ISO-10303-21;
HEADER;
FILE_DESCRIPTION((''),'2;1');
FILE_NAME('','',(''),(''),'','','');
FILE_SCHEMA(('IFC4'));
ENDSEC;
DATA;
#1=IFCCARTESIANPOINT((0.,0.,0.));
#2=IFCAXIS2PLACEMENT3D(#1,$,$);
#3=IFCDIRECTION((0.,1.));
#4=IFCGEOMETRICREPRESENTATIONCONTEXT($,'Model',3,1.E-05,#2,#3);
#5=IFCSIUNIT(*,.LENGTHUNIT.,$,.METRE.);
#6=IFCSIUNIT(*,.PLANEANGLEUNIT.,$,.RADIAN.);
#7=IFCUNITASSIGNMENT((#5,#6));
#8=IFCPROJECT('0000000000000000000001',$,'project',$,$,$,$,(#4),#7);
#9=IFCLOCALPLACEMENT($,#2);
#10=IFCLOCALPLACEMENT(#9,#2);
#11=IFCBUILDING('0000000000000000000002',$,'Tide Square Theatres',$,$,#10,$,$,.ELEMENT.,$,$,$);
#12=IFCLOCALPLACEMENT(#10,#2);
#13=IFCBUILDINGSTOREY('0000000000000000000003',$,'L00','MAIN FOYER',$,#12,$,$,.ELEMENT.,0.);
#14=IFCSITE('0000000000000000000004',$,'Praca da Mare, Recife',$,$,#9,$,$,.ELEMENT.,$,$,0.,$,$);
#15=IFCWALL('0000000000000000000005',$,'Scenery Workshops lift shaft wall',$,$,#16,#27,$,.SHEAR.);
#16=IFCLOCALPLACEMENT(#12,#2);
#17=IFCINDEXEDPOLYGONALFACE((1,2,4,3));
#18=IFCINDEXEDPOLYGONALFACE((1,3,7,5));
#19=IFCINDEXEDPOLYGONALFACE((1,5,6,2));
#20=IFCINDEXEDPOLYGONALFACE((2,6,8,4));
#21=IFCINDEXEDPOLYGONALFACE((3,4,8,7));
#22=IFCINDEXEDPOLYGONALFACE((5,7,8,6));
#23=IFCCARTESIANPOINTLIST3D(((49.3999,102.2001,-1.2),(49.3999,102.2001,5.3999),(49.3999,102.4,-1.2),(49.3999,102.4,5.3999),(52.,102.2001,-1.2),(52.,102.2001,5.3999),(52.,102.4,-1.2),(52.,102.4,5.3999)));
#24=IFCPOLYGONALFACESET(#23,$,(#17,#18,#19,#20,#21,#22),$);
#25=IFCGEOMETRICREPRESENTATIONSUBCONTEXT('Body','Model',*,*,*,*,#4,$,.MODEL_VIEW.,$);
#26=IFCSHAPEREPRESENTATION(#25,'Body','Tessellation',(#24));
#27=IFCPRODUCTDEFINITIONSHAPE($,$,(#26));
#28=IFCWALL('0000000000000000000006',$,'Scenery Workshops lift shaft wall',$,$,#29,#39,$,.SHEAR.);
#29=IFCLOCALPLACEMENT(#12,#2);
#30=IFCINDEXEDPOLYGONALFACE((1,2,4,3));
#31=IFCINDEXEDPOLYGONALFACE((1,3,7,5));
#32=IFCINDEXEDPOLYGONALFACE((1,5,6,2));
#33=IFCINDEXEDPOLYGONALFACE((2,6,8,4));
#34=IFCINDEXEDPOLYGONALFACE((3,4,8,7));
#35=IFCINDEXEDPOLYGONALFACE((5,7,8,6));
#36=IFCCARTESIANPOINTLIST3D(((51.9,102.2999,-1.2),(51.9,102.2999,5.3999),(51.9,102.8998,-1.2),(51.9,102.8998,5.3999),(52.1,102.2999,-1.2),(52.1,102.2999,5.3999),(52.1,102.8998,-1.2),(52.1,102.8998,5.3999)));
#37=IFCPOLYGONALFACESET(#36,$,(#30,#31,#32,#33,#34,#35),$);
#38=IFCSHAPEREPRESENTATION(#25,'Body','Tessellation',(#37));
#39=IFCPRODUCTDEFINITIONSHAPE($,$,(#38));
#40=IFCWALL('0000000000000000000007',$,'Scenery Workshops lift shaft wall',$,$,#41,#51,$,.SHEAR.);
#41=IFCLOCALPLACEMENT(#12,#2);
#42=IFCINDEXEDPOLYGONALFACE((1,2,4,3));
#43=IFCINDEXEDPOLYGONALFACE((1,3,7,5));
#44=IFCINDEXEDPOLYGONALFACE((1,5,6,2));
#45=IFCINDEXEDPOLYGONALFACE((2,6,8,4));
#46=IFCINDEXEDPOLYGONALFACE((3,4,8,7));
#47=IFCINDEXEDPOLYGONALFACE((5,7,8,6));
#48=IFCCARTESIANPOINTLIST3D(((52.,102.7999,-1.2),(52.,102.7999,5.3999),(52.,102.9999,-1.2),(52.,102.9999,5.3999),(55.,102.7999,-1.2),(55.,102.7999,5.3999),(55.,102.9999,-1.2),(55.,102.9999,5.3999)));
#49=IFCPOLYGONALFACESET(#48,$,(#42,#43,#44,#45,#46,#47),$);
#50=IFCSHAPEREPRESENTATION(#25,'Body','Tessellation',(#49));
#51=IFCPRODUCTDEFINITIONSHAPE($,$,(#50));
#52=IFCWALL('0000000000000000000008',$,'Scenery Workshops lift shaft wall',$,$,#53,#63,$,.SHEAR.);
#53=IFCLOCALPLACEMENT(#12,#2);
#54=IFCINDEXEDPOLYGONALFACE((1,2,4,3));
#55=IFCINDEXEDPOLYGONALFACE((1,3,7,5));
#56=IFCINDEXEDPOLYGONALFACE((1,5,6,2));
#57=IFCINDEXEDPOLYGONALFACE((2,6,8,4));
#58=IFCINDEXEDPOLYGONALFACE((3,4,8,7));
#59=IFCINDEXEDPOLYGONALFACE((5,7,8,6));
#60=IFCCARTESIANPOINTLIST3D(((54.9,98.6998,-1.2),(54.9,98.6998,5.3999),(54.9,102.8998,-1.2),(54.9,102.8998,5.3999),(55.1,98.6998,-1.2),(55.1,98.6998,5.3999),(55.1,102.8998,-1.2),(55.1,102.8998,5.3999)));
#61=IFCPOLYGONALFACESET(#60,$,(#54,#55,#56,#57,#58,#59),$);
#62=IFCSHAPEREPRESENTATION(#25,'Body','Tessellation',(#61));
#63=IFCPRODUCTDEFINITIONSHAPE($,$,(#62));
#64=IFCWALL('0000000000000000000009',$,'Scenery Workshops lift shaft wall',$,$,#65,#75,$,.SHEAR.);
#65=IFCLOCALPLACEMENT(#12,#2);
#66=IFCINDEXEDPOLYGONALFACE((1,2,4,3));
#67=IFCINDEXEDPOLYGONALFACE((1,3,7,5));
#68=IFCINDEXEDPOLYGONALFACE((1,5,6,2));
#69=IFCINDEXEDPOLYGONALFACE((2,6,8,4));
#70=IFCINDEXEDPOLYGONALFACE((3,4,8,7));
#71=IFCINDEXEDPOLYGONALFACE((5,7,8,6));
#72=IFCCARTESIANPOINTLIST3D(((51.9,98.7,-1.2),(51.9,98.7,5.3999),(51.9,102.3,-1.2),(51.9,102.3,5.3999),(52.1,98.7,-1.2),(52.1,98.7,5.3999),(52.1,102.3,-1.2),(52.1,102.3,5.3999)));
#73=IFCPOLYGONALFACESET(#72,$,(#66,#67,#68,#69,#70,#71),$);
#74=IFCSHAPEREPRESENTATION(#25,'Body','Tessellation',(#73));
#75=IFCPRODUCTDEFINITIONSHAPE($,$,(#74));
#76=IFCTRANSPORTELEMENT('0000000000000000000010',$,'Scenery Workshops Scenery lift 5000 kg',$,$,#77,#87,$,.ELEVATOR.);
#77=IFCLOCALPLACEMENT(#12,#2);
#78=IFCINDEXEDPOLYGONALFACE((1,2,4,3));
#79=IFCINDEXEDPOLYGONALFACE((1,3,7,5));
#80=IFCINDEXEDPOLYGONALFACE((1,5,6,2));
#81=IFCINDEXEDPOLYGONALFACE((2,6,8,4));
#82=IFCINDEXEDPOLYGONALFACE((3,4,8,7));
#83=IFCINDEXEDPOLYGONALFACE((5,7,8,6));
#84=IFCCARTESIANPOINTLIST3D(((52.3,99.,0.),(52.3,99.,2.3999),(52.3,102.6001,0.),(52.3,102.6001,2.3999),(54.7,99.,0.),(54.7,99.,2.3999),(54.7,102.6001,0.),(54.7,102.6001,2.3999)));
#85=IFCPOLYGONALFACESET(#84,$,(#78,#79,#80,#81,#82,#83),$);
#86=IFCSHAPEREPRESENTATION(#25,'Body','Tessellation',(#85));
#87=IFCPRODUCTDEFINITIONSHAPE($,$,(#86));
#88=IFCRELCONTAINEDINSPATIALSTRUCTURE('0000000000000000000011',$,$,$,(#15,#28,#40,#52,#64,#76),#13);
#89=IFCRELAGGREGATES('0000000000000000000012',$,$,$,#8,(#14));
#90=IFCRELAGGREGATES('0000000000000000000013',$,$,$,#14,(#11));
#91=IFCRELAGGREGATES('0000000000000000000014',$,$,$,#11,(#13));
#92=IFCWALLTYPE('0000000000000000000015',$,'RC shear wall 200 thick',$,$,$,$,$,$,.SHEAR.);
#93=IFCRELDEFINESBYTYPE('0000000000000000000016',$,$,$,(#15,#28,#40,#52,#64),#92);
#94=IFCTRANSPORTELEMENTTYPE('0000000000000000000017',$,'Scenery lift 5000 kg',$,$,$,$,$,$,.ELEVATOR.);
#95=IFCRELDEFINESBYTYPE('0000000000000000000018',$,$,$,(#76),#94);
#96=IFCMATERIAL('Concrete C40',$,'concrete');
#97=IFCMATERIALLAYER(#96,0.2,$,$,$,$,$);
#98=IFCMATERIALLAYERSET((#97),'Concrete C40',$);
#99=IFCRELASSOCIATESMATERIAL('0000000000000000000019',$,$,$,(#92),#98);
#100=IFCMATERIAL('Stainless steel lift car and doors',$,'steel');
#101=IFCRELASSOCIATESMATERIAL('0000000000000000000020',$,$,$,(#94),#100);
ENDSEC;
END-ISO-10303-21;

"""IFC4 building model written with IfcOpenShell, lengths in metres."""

from ifc_helpers import new_model, si_unit, direction, frame, frame_2d, origin, origin_2d, place, context, subcontext, project, spatial, rectangle, extrude, material, layer, layer_set, type_object, element, save


model = new_model("IFC4")

# Units and contexts
model_context = context("Model", 3, precision=1e-05, world=origin(), true_north=direction((0.0, 1.0)))
body_context = subcontext(model_context, "Body", "Model", "MODEL_VIEW")
ifc_project = project(units=[si_unit("LENGTHUNIT", "METRE"), si_unit("PLANEANGLEUNIT", "RADIAN")], contexts=[model_context])

# Site, building, storey
site_placement = place(None, origin())
site = spatial("IfcSite", under=ifc_project, at=site_placement, Name="Praca da Mare, Recife", CompositionType="ELEMENT", RefElevation=0.0)
building_placement = place(site_placement, origin())
building = spatial("IfcBuilding", under=site, at=building_placement, Name="Tide Square Theatres", CompositionType="ELEMENT")
storey_placement = place(building_placement, origin())
storey = spatial("IfcBuildingStorey", under=building, at=storey_placement, Name="L00", Description="MAIN FOYER", CompositionType="ELEMENT", Elevation=0.0)

# Walls
ifc_material_1 = material(Name="Concrete C40", Category="concrete")
ifc_layer_1 = layer(ifc_material_1, 0.2)
ifc_layer_set_1 = layer_set([ifc_layer_1], Name="Concrete C40")
wall_type_1 = type_object("IfcWallType", Name="RC shear wall 200 thick", PredefinedType="SHEAR", material=ifc_layer_set_1)
wall_1_placement = place(storey_placement, frame((49.3999, 102.3, -1.2), z_axis=(0.0, 0.0, 1.0), x_axis=(1.0, 0.0, 0.0)))
element("IfcWall", 1, at=wall_1_placement, inside=storey, type_object=wall_type_1, Name="Scenery Workshops lift shaft wall", PredefinedType="SHEAR", context=body_context, shape_type="SweptSolid", body=[
    extrude(rectangle(XDim=2.6001, YDim=0.2, at=frame_2d((1.3, 0.0))), origin(), (0.0, 0.0, 1.0), 6.5999),
])
wall_2_placement = place(storey_placement, frame((52.0, 102.3, -1.2), z_axis=(0.0, 0.0, 1.0), x_axis=(0.0, 1.0, 0.0)))
element("IfcWall", 2, at=wall_2_placement, inside=storey, type_object=wall_type_1, Name="Scenery Workshops lift shaft wall", PredefinedType="SHEAR", context=body_context, shape_type="SweptSolid", body=[
    extrude(rectangle(XDim=0.5999, YDim=0.2, at=frame_2d((0.2998, 0.0))), origin(), (0.0, 0.0, 1.0), 6.5999),
])
wall_3_placement = place(storey_placement, frame((52.0, 102.8999, -1.2), z_axis=(0.0, 0.0, 1.0), x_axis=(1.0, 0.0, 0.0)))
element("IfcWall", 3, at=wall_3_placement, inside=storey, type_object=wall_type_1, Name="Scenery Workshops lift shaft wall", PredefinedType="SHEAR", context=body_context, shape_type="SweptSolid", body=[
    extrude(rectangle(XDim=3.0, YDim=0.2, at=frame_2d((1.5, 0.0))), origin(), (0.0, 0.0, 1.0), 6.5999),
])
wall_4_placement = place(storey_placement, frame((55.0, 102.8999, -1.2), z_axis=(0.0, 0.0, 1.0), x_axis=(0.0, -1.0, 0.0)))
element("IfcWall", 4, at=wall_4_placement, inside=storey, type_object=wall_type_1, Name="Scenery Workshops lift shaft wall", PredefinedType="SHEAR", context=body_context, shape_type="SweptSolid", body=[
    extrude(rectangle(XDim=4.2, YDim=0.2, at=frame_2d((2.1001, 0.0))), origin(), (0.0, 0.0, 1.0), 6.5999),
])
wall_5_placement = place(storey_placement, frame((52.0, 102.3, -1.2), z_axis=(0.0, 0.0, 1.0), x_axis=(0.0, -1.0, 0.0)))
element("IfcWall", 5, at=wall_5_placement, inside=storey, type_object=wall_type_1, Name="Scenery Workshops lift shaft wall", PredefinedType="SHEAR", context=body_context, shape_type="SweptSolid", body=[
    extrude(rectangle(XDim=3.6001, YDim=0.2, at=frame_2d((1.8, 0.0))), origin(), (0.0, 0.0, 1.0), 6.5999),
])

# Transport element
ifc_material_2 = material(Name="Stainless steel lift car and doors", Category="steel")
transport_element_type = type_object("IfcTransportElementType", Name="Scenery lift 5000 kg", PredefinedType="ELEVATOR", material=ifc_material_2)
transport_element_placement = place(storey_placement, frame((53.5, 100.8, 0.0), z_axis=(0.0, 0.0, 1.0), x_axis=(1.0, 0.0, 0.0)))
element("IfcTransportElement", 6, at=transport_element_placement, inside=storey, type_object=transport_element_type, Name="Scenery Workshops Scenery lift 5000 kg", PredefinedType="ELEVATOR", context=body_context, shape_type="SweptSolid", body=[
    extrude(rectangle(XDim=2.3999, YDim=3.6001, at=origin_2d()), origin(), (0.0, 0.0, 1.0), 2.3999),
])

save(model, "model.ifc")
